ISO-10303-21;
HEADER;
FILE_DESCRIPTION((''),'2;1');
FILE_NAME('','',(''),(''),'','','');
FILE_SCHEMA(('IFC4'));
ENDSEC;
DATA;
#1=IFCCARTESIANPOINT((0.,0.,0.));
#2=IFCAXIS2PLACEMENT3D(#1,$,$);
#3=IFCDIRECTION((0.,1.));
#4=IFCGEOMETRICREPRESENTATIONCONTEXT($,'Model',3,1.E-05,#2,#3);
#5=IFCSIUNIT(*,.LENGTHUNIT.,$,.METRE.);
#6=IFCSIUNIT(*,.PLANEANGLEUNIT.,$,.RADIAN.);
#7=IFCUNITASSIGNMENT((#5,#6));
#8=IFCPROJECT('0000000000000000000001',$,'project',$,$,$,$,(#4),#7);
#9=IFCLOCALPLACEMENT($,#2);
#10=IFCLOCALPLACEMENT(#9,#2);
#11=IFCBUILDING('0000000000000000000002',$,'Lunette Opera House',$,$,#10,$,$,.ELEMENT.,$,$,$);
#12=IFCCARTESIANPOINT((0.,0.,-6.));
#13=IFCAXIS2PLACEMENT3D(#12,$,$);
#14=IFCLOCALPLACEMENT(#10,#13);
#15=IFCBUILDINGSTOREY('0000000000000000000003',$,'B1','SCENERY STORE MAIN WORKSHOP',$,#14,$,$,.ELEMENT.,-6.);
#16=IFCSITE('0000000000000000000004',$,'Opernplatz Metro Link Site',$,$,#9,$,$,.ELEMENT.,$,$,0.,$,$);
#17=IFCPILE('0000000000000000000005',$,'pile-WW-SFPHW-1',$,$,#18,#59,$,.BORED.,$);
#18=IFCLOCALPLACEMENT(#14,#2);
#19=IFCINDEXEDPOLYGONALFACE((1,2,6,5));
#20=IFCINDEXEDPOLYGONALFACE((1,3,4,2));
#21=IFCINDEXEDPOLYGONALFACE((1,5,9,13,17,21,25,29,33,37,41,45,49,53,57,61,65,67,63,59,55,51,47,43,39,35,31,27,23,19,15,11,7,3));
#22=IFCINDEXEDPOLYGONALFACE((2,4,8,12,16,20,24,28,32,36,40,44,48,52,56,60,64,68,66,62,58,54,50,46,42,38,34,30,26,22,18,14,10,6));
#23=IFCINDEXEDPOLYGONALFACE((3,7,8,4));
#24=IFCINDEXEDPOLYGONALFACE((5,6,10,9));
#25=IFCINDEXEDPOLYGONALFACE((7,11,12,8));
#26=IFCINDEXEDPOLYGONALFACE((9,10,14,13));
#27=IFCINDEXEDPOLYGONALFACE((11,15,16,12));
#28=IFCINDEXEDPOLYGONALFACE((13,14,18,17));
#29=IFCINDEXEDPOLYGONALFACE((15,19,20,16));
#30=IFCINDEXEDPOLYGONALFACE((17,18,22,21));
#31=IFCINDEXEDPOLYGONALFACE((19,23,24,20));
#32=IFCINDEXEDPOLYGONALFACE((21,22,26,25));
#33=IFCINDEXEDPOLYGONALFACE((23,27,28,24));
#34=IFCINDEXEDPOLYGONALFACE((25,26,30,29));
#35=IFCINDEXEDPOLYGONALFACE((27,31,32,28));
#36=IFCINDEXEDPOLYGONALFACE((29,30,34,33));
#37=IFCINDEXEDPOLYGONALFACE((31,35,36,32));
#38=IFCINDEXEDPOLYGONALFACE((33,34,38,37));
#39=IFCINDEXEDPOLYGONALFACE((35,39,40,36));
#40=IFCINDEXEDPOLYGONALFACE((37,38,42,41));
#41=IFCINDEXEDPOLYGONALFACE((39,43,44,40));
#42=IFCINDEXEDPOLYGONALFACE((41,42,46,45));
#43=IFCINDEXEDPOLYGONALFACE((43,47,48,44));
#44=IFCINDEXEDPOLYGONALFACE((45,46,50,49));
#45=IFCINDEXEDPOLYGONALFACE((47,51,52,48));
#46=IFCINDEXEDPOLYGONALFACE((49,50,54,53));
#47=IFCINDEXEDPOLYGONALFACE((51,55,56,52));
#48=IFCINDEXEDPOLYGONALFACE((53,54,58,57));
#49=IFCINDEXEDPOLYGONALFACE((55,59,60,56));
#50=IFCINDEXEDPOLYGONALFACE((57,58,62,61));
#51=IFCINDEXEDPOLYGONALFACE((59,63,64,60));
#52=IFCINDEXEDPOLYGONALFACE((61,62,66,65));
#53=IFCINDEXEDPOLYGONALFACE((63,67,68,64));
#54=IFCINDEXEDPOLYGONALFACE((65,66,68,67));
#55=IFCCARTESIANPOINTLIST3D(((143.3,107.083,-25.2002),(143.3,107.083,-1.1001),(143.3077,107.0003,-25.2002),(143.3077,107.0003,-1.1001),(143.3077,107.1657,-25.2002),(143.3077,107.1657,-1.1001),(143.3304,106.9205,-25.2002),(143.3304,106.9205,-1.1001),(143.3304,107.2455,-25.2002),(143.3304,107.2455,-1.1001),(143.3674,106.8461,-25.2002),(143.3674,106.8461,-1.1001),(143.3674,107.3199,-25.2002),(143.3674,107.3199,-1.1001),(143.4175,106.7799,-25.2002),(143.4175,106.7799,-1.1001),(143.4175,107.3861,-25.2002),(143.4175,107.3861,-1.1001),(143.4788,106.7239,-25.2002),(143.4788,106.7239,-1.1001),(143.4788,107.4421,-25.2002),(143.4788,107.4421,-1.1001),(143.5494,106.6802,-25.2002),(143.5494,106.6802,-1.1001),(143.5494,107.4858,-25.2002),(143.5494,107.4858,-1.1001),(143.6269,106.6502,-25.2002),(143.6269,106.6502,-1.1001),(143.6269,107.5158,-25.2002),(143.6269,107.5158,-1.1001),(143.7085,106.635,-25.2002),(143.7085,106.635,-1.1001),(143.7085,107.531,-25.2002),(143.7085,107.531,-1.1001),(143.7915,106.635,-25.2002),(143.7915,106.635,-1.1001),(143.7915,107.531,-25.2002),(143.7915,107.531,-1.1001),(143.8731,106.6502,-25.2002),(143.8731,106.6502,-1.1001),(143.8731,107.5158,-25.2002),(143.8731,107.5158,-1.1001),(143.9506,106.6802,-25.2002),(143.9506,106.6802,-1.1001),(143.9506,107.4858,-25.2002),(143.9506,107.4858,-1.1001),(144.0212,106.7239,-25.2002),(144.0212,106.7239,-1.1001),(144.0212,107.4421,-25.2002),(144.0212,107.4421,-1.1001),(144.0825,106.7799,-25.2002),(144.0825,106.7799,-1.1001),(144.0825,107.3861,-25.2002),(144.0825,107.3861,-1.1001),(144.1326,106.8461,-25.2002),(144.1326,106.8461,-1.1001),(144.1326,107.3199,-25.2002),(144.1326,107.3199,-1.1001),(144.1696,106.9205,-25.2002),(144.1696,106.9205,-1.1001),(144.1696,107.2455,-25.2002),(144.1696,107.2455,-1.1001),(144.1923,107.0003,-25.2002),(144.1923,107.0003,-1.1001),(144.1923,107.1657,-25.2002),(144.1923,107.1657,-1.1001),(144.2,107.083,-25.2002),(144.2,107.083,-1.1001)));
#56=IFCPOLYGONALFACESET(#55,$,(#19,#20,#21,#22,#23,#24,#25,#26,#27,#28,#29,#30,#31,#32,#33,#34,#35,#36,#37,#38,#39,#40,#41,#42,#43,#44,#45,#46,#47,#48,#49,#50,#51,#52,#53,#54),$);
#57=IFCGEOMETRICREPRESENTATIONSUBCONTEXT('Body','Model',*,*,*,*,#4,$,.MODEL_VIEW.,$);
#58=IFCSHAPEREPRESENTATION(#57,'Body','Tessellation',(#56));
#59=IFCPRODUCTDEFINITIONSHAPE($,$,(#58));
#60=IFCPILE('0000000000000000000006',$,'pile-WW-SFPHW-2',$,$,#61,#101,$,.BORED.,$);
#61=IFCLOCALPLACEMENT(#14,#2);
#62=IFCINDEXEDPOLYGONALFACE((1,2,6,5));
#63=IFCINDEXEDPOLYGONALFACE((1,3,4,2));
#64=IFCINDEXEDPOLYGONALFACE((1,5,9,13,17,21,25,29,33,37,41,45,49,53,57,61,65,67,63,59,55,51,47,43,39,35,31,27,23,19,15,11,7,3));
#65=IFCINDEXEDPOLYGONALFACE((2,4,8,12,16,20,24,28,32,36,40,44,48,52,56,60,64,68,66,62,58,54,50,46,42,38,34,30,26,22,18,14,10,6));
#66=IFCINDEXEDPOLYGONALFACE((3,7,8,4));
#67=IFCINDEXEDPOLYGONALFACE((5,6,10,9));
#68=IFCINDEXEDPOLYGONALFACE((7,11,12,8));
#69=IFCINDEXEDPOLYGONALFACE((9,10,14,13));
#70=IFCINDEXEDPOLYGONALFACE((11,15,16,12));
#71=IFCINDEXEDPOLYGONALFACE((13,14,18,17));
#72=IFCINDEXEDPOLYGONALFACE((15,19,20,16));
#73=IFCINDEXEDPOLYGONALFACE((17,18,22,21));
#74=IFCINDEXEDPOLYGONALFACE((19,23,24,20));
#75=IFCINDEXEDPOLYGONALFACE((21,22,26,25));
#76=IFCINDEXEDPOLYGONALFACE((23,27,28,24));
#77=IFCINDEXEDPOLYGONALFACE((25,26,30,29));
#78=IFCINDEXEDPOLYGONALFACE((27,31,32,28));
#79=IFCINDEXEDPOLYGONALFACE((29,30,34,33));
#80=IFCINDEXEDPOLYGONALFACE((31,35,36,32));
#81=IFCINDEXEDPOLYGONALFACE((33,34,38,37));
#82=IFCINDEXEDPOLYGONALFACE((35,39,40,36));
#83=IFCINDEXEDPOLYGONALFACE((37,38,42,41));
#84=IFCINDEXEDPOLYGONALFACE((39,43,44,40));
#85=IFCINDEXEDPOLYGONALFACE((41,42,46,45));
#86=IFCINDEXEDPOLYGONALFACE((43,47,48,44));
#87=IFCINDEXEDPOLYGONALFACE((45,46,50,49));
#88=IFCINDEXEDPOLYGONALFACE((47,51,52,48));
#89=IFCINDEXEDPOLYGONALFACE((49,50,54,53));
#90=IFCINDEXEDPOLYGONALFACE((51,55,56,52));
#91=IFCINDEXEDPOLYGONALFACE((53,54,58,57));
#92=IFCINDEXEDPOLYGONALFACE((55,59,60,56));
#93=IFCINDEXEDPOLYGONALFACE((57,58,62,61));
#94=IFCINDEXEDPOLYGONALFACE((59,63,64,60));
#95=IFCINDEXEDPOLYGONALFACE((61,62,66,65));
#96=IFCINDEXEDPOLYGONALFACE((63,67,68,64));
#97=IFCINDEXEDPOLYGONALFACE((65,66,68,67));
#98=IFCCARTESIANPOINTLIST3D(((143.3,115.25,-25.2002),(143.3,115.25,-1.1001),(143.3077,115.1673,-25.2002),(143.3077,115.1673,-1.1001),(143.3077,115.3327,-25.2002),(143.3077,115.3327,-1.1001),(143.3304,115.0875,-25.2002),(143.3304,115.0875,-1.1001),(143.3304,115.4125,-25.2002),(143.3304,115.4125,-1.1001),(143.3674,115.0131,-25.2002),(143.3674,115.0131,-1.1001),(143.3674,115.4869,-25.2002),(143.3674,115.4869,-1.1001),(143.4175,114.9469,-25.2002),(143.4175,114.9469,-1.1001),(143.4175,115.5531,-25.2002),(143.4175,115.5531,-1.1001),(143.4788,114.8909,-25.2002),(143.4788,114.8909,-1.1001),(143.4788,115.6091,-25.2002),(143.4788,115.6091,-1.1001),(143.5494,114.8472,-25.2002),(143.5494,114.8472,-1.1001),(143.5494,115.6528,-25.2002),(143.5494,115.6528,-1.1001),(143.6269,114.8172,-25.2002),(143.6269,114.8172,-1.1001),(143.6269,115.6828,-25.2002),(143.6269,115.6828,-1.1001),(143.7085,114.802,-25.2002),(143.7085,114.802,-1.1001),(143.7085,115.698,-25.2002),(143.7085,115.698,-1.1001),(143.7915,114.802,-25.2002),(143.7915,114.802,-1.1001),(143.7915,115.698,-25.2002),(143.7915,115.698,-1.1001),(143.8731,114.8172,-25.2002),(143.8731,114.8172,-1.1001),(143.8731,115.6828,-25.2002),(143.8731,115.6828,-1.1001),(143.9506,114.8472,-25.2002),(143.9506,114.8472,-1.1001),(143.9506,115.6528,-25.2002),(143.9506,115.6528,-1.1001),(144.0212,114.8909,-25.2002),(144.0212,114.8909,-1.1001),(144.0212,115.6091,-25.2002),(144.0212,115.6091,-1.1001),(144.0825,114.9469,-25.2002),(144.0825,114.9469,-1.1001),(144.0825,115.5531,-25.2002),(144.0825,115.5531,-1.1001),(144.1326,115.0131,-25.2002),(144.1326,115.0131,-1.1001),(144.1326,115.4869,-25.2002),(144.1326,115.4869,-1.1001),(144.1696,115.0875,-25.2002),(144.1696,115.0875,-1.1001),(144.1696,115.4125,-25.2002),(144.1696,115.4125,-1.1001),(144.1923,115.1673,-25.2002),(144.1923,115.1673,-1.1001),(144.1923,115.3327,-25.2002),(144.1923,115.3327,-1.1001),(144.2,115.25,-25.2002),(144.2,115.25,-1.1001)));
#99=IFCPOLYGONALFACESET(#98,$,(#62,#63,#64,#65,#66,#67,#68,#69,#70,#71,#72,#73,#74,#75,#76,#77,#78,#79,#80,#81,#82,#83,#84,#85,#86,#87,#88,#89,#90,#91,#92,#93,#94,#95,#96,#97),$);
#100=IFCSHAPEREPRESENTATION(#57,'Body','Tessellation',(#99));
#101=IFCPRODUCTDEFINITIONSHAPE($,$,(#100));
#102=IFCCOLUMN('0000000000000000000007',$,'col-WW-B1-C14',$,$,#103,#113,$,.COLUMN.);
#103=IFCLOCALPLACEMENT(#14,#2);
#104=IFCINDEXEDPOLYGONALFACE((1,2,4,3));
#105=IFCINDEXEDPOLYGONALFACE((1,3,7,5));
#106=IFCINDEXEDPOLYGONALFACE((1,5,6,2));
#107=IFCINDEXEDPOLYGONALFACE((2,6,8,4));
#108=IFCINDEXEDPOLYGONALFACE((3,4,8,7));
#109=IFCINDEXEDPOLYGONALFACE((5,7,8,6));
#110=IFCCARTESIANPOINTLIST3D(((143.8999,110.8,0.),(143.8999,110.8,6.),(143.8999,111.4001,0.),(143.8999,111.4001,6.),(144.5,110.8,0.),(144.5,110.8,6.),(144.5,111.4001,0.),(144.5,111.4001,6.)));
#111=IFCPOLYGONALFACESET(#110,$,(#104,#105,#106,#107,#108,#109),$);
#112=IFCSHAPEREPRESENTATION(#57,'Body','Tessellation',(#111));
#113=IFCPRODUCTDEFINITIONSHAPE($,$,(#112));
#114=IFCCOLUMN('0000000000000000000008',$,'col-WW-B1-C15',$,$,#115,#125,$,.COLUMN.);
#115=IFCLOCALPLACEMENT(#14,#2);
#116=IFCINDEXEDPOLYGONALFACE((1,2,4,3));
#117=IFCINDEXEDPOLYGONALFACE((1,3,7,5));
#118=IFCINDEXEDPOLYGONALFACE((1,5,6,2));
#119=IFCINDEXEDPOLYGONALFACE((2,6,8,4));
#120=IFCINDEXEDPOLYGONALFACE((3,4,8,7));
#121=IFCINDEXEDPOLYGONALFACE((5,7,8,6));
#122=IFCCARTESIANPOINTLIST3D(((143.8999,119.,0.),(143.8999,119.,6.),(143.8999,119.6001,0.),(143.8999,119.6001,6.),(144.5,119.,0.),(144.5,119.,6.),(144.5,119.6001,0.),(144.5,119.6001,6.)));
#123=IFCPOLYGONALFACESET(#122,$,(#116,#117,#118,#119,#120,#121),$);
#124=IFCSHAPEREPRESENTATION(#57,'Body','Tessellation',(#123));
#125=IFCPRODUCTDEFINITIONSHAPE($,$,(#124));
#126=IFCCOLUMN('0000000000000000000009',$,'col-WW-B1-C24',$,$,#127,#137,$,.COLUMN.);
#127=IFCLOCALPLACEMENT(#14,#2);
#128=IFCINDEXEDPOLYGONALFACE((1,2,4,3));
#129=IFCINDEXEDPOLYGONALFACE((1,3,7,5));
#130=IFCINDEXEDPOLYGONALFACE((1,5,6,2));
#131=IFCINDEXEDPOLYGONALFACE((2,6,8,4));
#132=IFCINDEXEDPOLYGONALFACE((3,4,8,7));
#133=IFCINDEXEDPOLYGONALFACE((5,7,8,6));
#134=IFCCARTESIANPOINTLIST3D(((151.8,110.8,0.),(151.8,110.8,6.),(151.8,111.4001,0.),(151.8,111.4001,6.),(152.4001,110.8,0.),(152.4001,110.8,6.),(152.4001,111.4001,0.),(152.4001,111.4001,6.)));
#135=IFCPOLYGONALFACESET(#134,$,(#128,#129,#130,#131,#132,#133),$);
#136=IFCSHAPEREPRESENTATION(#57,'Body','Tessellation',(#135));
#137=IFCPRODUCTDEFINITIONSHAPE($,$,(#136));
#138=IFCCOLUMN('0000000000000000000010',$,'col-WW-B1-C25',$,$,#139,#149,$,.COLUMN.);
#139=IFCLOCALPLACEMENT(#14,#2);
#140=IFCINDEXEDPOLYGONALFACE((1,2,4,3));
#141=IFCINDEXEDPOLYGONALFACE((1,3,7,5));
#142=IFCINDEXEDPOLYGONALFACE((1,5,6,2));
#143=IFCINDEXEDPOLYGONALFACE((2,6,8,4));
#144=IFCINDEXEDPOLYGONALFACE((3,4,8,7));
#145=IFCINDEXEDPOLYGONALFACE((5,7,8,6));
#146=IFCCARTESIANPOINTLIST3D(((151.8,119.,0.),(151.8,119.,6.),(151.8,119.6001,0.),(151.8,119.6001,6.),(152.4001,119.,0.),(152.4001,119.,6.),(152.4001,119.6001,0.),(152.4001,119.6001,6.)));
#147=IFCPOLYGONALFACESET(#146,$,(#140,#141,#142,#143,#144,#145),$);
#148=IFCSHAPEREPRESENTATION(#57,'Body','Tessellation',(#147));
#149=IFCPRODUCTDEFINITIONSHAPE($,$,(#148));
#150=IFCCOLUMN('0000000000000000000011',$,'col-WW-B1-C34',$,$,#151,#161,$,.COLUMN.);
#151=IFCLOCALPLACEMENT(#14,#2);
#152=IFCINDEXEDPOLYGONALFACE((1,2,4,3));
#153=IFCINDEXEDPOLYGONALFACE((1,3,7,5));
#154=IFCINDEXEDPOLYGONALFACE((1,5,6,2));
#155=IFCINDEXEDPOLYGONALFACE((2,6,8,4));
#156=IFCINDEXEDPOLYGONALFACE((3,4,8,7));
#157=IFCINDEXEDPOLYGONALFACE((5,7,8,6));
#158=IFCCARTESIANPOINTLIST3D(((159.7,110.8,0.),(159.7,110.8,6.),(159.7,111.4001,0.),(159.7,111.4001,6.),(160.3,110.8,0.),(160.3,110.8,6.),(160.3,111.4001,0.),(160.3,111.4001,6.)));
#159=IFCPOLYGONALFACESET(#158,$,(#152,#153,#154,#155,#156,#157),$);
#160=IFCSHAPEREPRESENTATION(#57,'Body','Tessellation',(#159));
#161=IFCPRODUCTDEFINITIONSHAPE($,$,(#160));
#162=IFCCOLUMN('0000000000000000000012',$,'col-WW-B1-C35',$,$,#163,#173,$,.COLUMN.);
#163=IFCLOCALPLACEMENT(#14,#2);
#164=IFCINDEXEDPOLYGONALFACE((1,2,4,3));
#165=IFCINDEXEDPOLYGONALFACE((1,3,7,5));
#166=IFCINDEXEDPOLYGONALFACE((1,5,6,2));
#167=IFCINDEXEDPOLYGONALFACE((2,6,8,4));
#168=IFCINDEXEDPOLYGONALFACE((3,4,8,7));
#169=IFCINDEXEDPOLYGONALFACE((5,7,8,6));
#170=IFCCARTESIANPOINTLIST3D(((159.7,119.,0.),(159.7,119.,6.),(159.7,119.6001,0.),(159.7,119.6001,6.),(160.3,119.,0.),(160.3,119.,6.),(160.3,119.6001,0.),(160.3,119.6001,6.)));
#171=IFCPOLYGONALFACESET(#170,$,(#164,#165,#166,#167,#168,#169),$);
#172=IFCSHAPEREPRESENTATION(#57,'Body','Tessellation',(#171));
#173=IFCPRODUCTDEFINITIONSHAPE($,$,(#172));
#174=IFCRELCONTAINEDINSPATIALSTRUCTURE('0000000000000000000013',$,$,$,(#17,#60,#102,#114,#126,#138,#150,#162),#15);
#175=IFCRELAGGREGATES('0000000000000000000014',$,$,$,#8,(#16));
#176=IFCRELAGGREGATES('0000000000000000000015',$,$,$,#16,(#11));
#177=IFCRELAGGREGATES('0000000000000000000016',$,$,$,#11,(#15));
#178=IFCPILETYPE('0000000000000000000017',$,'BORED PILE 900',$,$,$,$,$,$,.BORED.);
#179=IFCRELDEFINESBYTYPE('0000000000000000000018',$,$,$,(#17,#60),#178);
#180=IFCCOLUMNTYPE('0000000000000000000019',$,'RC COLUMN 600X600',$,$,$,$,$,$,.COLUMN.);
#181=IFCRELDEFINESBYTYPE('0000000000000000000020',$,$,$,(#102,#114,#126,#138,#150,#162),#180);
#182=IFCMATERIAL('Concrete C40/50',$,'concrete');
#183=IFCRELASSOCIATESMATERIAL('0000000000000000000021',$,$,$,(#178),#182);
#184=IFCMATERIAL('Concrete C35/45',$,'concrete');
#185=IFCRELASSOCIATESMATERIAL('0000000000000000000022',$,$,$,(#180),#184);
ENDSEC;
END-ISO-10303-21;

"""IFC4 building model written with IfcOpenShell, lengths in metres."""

from ifc_helpers import new_model, si_unit, direction, frame, origin, origin_2d, place, context, subcontext, project, spatial, rectangle, circle, extrude, material, material_profile, profile_set, type_object, element, save


model = new_model("IFC4")

# Units and contexts
model_context = context("Model", 3, precision=1e-05, world=origin(), true_north=direction((0.0, 1.0)))
body_context = subcontext(model_context, "Body", "Model", "MODEL_VIEW")
ifc_project = project(units=[si_unit("LENGTHUNIT", "METRE"), si_unit("PLANEANGLEUNIT", "RADIAN")], contexts=[model_context])

# Site, building, storey
site_placement = place(None, origin())
site = spatial("IfcSite", under=ifc_project, at=site_placement, Name="Opernplatz Metro Link Site", CompositionType="ELEMENT", RefElevation=0.0)
building_placement = place(site_placement, origin())
building = spatial("IfcBuilding", under=site, at=building_placement, Name="Lunette Opera House", CompositionType="ELEMENT")
storey_placement = place(building_placement, frame((0.0, 0.0, -6.0)))
storey = spatial("IfcBuildingStorey", under=building, at=storey_placement, Name="B1", Description="SCENERY STORE MAIN WORKSHOP", CompositionType="ELEMENT", Elevation=-6.0)

# Piles
ifc_material_1 = material(Name="Concrete C40/50", Category="concrete")
ifc_material_profile_1 = material_profile(ifc_material_1, circle(Radius=0.45, at=origin_2d()), Name="BORED PILE 900")
ifc_profile_set_1 = profile_set([ifc_material_profile_1], Name="Concrete C40/50")
pile_type = type_object("IfcPileType", Name="BORED PILE 900", PredefinedType="BORED", material=ifc_profile_set_1)
for number, where, z_axis, x_axis, name in (
    (1, (143.75, 107.083, -1.1001), (0.0, 0.0, -1.0), (1.0, 0.0, 0.0), "pile-WW-SFPHW-1"),
    (2, (143.75, 115.25, -1.1001), (0.0, 0.0, -1.0), (1.0, 0.0, 0.0), "pile-WW-SFPHW-2"),
):
    element("IfcPile", number, at=place(storey_placement, frame(where, z_axis=z_axis, x_axis=x_axis)), inside=storey, type_object=pile_type, Name=name, PredefinedType="BORED", context=body_context, shape_type="SweptSolid", body=[
        extrude(circle(Radius=0.45, at=origin_2d()), origin(), (0.0, 0.0, 1.0), 24.1001),
    ])

# Columns
ifc_material_2 = material(Name="Concrete C35/45", Category="concrete")
ifc_material_profile_2 = material_profile(ifc_material_2, rectangle(XDim=0.6001, YDim=0.6001, at=origin_2d()), Name="RC COLUMN 600X600")
ifc_profile_set_2 = profile_set([ifc_material_profile_2], Name="Concrete C35/45")
column_type = type_object("IfcColumnType", Name="RC COLUMN 600X600", PredefinedType="COLUMN", material=ifc_profile_set_2)
for number, where, z_axis, x_axis, name in (
    (3, (144.2, 111.1001, 0.0), (0.0, 0.0, 1.0), (1.0, 0.0, 0.0), "col-WW-B1-C14"),
    (4, (144.2, 119.3, 0.0), (0.0, 0.0, 1.0), (1.0, 0.0, 0.0), "col-WW-B1-C15"),
    (5, (152.1001, 111.1001, 0.0), (0.0, 0.0, 1.0), (1.0, 0.0, 0.0), "col-WW-B1-C24"),
    (6, (152.1001, 119.3, 0.0), (0.0, 0.0, 1.0), (1.0, 0.0, 0.0), "col-WW-B1-C25"),
    (7, (160.0, 111.1001, 0.0), (0.0, 0.0, 1.0), (1.0, 0.0, 0.0), "col-WW-B1-C34"),
    (8, (160.0, 119.3, 0.0), (0.0, 0.0, 1.0), (1.0, 0.0, 0.0), "col-WW-B1-C35"),
):
    element("IfcColumn", number, at=place(storey_placement, frame(where, z_axis=z_axis, x_axis=x_axis)), inside=storey, type_object=column_type, Name=name, PredefinedType="COLUMN", context=body_context, shape_type="SweptSolid", body=[
        extrude(rectangle(XDim=0.6001, YDim=0.6001, at=origin_2d()), origin(), (0.0, 0.0, 1.0), 6.0),
    ])

save(model, "model.ifc")
